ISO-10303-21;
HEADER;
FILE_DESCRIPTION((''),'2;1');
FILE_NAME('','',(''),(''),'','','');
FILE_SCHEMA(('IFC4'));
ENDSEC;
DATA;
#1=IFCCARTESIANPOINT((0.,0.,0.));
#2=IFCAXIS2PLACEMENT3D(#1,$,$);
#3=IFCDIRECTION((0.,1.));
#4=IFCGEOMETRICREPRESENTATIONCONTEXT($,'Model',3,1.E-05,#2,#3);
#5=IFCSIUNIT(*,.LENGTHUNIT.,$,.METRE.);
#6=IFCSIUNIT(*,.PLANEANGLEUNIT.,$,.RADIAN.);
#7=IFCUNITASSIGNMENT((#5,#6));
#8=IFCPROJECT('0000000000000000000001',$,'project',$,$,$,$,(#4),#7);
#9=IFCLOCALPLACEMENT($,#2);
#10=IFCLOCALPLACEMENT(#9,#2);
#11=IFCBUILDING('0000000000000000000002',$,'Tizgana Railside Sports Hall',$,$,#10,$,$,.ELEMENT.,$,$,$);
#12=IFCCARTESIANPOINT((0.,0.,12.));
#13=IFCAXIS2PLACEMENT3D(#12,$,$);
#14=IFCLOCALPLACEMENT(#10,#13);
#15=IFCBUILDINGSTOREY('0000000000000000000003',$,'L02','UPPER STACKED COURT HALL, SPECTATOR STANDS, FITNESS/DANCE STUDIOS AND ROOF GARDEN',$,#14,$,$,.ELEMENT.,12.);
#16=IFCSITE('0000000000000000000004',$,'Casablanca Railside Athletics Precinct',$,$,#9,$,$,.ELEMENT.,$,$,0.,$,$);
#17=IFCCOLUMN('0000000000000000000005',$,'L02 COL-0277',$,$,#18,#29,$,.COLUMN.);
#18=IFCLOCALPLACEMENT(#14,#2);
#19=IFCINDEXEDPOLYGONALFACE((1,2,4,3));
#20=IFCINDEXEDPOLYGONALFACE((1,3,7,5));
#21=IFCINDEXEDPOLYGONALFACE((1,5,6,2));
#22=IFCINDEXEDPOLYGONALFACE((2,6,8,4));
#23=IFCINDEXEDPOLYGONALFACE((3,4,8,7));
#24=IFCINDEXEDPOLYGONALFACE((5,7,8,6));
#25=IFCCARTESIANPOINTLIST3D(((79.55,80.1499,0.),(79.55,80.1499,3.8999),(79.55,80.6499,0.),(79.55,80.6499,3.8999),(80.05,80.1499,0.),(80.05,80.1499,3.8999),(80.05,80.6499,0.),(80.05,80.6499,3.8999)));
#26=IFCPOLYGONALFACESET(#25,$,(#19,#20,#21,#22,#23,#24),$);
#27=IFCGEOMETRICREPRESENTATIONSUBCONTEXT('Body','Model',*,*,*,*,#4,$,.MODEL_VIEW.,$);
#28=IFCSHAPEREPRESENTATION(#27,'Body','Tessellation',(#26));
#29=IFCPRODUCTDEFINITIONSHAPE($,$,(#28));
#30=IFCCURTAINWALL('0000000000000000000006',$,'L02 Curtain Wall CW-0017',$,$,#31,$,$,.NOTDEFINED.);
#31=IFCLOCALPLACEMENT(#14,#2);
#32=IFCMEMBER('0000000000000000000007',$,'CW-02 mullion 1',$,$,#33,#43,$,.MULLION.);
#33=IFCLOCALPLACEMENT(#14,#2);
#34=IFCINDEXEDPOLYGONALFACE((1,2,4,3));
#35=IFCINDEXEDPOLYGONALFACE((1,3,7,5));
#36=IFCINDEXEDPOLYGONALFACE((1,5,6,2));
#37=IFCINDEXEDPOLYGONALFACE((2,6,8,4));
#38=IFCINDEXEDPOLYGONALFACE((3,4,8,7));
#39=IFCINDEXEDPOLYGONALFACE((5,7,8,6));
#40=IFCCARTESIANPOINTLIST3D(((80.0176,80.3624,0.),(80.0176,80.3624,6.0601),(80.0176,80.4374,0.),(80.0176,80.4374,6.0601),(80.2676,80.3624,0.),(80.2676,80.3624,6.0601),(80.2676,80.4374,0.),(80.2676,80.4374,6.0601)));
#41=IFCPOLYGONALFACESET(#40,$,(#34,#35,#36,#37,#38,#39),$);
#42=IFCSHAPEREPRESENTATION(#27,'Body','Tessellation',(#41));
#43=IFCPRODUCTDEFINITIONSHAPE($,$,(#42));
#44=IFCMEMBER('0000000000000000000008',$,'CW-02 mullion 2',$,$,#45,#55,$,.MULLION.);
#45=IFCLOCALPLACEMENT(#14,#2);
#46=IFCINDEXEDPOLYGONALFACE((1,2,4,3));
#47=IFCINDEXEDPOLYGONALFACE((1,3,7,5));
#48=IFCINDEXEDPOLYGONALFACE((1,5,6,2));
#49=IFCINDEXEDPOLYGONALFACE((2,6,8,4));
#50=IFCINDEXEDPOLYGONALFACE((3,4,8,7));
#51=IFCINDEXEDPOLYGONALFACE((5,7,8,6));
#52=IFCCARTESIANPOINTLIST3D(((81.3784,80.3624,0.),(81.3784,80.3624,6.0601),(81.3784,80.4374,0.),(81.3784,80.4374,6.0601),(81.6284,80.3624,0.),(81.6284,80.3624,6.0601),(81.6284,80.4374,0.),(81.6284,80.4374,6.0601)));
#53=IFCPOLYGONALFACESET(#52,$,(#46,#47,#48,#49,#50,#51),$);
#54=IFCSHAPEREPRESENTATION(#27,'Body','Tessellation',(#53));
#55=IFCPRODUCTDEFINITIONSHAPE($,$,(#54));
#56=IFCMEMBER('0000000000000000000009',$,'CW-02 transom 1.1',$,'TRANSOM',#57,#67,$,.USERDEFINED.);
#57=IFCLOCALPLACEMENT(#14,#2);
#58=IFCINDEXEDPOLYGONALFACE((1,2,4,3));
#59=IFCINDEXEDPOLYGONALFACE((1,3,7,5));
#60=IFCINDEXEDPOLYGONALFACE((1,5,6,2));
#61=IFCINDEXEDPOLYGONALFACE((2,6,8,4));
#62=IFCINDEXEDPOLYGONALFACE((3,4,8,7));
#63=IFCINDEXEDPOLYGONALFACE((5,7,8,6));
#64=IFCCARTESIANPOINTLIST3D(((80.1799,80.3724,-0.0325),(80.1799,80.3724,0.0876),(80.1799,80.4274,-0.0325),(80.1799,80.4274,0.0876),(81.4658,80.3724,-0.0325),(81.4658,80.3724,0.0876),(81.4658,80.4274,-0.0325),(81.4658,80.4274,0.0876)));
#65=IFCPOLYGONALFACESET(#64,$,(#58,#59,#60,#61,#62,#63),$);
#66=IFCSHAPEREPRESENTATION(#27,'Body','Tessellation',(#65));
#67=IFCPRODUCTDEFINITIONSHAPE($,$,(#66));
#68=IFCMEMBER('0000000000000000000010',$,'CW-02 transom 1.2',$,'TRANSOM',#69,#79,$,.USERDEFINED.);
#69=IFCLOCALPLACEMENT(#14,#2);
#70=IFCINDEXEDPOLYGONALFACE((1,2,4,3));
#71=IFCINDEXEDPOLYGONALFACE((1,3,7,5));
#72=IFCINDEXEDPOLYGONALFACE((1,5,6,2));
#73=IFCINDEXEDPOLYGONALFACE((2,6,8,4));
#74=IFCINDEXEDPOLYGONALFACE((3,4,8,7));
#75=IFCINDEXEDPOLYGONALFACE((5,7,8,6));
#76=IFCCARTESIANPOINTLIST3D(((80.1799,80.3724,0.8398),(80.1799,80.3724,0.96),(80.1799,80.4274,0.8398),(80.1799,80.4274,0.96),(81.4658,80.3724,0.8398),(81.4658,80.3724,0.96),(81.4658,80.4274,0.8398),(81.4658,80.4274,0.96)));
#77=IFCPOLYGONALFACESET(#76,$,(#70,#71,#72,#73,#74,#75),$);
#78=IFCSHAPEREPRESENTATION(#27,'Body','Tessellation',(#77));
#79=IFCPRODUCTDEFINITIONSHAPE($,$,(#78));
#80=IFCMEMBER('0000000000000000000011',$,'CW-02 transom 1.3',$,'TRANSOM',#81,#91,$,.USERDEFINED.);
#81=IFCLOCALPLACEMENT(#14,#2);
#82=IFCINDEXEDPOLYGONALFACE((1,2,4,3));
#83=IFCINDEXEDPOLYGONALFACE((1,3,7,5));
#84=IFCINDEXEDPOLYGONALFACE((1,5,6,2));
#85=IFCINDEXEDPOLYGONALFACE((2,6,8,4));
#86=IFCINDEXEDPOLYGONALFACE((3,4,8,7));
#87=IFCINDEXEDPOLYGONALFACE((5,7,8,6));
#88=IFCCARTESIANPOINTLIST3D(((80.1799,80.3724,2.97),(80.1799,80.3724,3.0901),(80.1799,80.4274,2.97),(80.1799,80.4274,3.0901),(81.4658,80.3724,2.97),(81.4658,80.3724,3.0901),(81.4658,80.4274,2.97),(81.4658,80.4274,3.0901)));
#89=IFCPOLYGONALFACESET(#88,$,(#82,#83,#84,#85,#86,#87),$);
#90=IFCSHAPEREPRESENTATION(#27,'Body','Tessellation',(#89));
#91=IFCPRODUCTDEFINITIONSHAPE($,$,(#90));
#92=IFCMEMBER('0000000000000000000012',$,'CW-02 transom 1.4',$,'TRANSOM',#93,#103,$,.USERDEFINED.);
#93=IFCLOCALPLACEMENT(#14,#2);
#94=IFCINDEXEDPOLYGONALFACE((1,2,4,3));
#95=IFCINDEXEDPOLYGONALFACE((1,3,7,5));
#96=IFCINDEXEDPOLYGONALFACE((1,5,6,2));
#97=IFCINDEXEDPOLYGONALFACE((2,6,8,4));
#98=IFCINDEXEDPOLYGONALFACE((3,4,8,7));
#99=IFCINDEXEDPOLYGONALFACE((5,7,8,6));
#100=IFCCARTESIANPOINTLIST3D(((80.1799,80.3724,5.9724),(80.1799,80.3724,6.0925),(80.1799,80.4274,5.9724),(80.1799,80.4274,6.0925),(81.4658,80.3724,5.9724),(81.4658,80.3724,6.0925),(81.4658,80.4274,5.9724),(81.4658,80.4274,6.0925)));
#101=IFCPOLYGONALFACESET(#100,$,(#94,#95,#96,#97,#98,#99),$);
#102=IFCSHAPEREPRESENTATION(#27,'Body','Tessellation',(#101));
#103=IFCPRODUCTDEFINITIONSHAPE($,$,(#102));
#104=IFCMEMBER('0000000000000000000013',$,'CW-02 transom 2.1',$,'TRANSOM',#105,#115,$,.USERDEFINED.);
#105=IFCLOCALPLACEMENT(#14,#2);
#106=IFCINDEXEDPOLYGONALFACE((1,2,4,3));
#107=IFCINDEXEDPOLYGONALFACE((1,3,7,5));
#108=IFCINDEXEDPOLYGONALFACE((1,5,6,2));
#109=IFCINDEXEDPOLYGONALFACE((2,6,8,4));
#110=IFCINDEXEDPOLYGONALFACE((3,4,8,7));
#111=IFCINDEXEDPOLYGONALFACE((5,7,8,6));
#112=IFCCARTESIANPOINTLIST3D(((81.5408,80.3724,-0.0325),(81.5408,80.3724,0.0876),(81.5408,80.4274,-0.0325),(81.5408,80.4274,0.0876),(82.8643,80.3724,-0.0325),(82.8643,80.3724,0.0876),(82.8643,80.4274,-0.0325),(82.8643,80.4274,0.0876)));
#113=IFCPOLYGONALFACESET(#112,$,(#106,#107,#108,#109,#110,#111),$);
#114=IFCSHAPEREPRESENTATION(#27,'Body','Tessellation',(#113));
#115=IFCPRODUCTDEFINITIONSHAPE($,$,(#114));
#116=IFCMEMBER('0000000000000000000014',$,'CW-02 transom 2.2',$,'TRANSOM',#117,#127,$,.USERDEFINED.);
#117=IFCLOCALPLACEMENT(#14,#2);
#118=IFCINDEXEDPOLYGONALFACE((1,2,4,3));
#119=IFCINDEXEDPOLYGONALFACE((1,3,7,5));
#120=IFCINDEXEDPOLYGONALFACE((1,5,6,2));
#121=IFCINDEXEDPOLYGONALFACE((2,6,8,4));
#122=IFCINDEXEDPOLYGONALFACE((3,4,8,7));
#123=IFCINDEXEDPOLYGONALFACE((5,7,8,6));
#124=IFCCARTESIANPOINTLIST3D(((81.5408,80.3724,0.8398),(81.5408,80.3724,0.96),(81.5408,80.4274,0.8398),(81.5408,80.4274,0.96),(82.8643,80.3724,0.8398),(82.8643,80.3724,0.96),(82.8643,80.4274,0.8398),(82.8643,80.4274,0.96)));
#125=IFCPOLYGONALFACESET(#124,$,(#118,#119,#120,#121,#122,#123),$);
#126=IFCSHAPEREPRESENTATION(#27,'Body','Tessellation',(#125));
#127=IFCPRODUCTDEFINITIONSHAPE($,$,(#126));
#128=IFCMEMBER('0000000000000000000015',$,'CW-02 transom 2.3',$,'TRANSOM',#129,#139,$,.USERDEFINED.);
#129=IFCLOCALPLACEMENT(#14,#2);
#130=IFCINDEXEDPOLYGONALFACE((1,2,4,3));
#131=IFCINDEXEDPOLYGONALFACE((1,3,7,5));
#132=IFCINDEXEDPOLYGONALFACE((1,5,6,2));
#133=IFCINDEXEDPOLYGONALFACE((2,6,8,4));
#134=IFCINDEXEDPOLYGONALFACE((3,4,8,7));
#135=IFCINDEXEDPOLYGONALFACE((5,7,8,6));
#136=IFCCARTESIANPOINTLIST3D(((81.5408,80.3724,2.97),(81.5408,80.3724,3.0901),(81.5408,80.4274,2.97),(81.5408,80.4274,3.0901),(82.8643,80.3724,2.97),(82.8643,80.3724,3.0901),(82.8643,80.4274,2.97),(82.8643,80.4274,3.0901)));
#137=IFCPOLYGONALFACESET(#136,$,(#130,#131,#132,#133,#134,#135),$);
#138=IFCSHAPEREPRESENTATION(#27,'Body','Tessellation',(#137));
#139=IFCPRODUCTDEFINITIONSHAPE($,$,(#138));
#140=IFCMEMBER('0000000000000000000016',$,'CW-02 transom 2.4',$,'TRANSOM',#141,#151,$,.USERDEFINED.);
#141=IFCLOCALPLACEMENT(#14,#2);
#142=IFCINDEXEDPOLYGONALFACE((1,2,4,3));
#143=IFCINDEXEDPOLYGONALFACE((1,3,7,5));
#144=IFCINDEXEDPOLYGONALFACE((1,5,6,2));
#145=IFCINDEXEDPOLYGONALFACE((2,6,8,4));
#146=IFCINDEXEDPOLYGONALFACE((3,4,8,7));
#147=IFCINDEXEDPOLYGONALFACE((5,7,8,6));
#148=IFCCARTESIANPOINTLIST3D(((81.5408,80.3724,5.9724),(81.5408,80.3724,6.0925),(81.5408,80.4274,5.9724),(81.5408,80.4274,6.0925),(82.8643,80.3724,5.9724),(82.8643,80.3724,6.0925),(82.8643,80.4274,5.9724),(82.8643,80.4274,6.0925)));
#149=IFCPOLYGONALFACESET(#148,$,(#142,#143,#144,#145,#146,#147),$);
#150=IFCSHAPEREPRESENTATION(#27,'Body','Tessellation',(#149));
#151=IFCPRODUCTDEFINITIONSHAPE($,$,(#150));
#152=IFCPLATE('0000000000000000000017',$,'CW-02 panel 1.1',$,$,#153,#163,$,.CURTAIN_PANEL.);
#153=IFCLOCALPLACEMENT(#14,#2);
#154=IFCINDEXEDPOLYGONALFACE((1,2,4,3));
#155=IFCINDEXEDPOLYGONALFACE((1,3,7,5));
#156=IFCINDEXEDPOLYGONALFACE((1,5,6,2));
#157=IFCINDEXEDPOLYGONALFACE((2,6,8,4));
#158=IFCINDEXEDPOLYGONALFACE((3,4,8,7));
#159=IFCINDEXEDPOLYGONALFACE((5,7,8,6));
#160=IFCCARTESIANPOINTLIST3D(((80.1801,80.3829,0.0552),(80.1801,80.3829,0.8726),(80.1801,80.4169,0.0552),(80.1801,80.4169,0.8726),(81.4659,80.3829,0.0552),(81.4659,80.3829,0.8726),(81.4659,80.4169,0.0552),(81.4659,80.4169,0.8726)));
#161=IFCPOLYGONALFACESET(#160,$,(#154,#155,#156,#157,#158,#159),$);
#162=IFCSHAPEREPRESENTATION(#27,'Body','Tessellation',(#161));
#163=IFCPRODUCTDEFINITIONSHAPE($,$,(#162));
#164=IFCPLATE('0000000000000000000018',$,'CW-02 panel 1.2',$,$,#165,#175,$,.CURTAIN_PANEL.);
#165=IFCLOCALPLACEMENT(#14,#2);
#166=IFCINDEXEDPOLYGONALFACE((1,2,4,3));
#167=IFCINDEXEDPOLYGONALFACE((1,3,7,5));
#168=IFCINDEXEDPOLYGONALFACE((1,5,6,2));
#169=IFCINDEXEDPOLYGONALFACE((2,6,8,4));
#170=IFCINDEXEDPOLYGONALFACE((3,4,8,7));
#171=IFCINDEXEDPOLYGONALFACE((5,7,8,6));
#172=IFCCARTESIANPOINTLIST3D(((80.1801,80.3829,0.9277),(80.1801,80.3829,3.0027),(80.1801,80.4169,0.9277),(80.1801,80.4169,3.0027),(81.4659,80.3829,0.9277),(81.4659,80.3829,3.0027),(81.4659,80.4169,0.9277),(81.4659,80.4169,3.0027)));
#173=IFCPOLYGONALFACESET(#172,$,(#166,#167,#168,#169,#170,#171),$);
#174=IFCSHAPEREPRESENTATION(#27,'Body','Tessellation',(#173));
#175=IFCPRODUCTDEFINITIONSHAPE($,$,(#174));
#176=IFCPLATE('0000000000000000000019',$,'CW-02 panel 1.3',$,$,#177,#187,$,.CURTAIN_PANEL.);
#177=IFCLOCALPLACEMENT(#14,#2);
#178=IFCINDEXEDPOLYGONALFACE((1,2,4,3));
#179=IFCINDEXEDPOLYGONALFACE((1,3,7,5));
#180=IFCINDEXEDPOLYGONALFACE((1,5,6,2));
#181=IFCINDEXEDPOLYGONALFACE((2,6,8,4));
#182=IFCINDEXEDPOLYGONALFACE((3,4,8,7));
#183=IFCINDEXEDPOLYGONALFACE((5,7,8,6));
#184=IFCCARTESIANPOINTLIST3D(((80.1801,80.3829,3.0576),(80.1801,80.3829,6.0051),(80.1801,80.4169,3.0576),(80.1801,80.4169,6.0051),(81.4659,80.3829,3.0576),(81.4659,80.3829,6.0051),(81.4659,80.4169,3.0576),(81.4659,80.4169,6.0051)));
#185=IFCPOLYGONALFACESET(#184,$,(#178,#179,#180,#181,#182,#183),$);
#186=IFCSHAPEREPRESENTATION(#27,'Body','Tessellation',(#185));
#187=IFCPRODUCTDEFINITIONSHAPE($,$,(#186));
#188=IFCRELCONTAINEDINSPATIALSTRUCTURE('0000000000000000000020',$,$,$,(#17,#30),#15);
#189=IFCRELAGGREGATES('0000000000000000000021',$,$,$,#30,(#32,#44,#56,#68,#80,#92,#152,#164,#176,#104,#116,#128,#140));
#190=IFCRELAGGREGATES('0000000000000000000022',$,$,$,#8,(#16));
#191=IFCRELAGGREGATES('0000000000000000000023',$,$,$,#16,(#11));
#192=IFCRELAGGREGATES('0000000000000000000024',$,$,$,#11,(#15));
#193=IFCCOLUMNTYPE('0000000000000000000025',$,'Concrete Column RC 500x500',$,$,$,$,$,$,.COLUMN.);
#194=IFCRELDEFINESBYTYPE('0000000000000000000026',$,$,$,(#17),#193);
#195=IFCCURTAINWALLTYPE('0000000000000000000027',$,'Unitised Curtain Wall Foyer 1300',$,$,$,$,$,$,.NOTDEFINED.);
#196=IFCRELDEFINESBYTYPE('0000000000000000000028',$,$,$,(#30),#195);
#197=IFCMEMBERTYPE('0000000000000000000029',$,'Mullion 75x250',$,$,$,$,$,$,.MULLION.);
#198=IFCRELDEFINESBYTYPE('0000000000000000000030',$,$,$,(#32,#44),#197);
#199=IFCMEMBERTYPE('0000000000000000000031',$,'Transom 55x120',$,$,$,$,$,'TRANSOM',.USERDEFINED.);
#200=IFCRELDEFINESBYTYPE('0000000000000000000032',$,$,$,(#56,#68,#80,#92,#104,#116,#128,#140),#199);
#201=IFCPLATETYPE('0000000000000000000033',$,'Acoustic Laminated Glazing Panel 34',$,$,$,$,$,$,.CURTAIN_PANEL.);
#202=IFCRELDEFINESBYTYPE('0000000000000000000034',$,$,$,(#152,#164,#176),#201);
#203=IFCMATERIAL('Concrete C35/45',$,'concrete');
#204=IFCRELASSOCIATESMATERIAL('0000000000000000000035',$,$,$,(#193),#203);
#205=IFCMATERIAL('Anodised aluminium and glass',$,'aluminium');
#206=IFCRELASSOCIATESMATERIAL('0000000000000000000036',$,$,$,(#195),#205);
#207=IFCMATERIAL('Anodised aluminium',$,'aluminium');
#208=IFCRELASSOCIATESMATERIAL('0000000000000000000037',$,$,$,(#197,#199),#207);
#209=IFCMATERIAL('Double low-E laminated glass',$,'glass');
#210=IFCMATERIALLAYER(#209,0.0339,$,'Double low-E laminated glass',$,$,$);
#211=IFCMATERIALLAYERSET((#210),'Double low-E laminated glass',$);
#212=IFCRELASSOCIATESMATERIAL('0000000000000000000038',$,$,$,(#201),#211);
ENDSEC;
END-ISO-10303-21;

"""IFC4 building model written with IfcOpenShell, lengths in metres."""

from ifc_helpers import new_model, si_unit, direction, frame, origin, origin_2d, place, context, subcontext, project, spatial, rectangle, extrude, material, layer, layer_set, material_profile, profile_set, type_object, element, aggregate, save


model = new_model("IFC4")

# Units and contexts
model_context = context("Model", 3, precision=1e-05, world=origin(), true_north=direction((0.0, 1.0)))
body_context = subcontext(model_context, "Body", "Model", "MODEL_VIEW")
ifc_project = project(units=[si_unit("LENGTHUNIT", "METRE"), si_unit("PLANEANGLEUNIT", "RADIAN")], contexts=[model_context])

# Site, building, storey
site_placement = place(None, origin())
site = spatial("IfcSite", under=ifc_project, at=site_placement, Name="Casablanca Railside Athletics Precinct", CompositionType="ELEMENT", RefElevation=0.0)
building_placement = place(site_placement, origin())
building = spatial("IfcBuilding", under=site, at=building_placement, Name="Tizgana Railside Sports Hall", CompositionType="ELEMENT")
storey_placement = place(building_placement, frame((0.0, 0.0, 12.0)))
storey = spatial("IfcBuildingStorey", under=building, at=storey_placement, Name="L02", Description="UPPER STACKED COURT HALL, SPECTATOR STANDS, FITNESS/DANCE STUDIOS AND ROOF GARDEN", CompositionType="ELEMENT", Elevation=12.0)

# Column
ifc_material_1 = material(Name="Concrete C35/45", Category="concrete")
ifc_material_profile_1 = material_profile(ifc_material_1, rectangle(XDim=0.5, YDim=0.5, at=origin_2d()), Name="RC 500x500")
ifc_profile_set_1 = profile_set([ifc_material_profile_1], Name="Concrete C35/45")
column_type = type_object("IfcColumnType", Name="Concrete Column RC 500x500", PredefinedType="COLUMN", material=ifc_profile_set_1)
column_placement = place(storey_placement, frame((79.8, 80.3999, 0.0), z_axis=(0.0, 0.0, 1.0), x_axis=(1.0, 0.0, 0.0)))
element("IfcColumn", 1, at=column_placement, inside=storey, type_object=column_type, Name="L02 COL-0277", PredefinedType="COLUMN", context=body_context, shape_type="SweptSolid", body=[
    extrude(rectangle(XDim=0.5, YDim=0.5, at=origin_2d()), origin(), (0.0, 0.0, 1.0), 3.8999),
])

# Curtain wall, members, plates
ifc_material_2 = material(Name="Anodised aluminium and glass", Category="aluminium")
curtain_wall_type = type_object("IfcCurtainWallType", Name="Unitised Curtain Wall Foyer 1300", PredefinedType="NOTDEFINED", material=ifc_material_2)
curtain_wall_placement = place(storey_placement, origin())
curtain_wall = element("IfcCurtainWall", 2, at=curtain_wall_placement, inside=storey, type_object=curtain_wall_type, Name="L02 Curtain Wall CW-0017", PredefinedType="NOTDEFINED")
ifc_material_3 = material(Name="Anodised aluminium", Category="aluminium")
ifc_material_profile_2 = material_profile(ifc_material_3, rectangle(XDim=0.075, YDim=0.25, at=origin_2d()), Name="Mullion 75x250")
ifc_profile_set_2 = profile_set([ifc_material_profile_2], Name="Anodised aluminium")
member_type_1 = type_object("IfcMemberType", Name="Mullion 75x250", PredefinedType="MULLION", material=ifc_profile_set_2)
member_1_placement = place(storey_placement, frame((80.1426, 80.3999, 0.0), z_axis=(0.0, 0.0, 1.0), x_axis=(0.0, 1.0, 0.0)))
member_1 = element("IfcMember", 3, at=member_1_placement, type_object=member_type_1, Name="CW-02 mullion 1", PredefinedType="MULLION", context=body_context, shape_type="SweptSolid", body=[
    extrude(rectangle(XDim=0.075, YDim=0.25, at=origin_2d()), origin(), (0.0, 0.0, 1.0), 6.0601),
])
member_2_placement = place(storey_placement, frame((81.5034, 80.3999, 0.0), z_axis=(0.0, 0.0, 1.0), x_axis=(0.0, 1.0, 0.0)))
member_2 = element("IfcMember", 4, at=member_2_placement, type_object=member_type_1, Name="CW-02 mullion 2", PredefinedType="MULLION", context=body_context, shape_type="SweptSolid", body=[
    extrude(rectangle(XDim=0.075, YDim=0.25, at=origin_2d()), origin(), (0.0, 0.0, 1.0), 6.0601),
])
ifc_material_profile_3 = material_profile(ifc_material_3, rectangle(XDim=0.0549, YDim=0.1201, at=origin_2d()), Name="Transom 55x120")
ifc_profile_set_3 = profile_set([ifc_material_profile_3], Name="Anodised aluminium")
member_type_2 = type_object("IfcMemberType", Name="Transom 55x120", ElementType="TRANSOM", PredefinedType="USERDEFINED", material=ifc_profile_set_3)
member_3_placement = place(storey_placement, frame((80.1799, 80.3999, 0.0276), z_axis=(1.0, 0.0, 0.0), x_axis=(0.0, 1.0, 0.0)))
member_3 = element("IfcMember", 5, at=member_3_placement, type_object=member_type_2, Name="CW-02 transom 1.1", ObjectType="TRANSOM", PredefinedType="USERDEFINED", context=body_context, shape_type="SweptSolid", body=[
    extrude(rectangle(XDim=0.0549, YDim=0.1201, at=origin_2d()), origin(), (0.0, 0.0, 1.0), 1.2859),
])
member_4_placement = place(storey_placement, frame((80.1799, 80.3999, 0.8999), z_axis=(1.0, 0.0, 0.0), x_axis=(0.0, 1.0, 0.0)))
member_4 = element("IfcMember", 6, at=member_4_placement, type_object=member_type_2, Name="CW-02 transom 1.2", ObjectType="TRANSOM", PredefinedType="USERDEFINED", context=body_context, shape_type="SweptSolid", body=[
    extrude(rectangle(XDim=0.0549, YDim=0.1201, at=origin_2d()), origin(), (0.0, 0.0, 1.0), 1.2859),
])
member_5_placement = place(storey_placement, frame((80.1799, 80.3999, 3.03), z_axis=(1.0, 0.0, 0.0), x_axis=(0.0, 1.0, 0.0)))
member_5 = element("IfcMember", 7, at=member_5_placement, type_object=member_type_2, Name="CW-02 transom 1.3", ObjectType="TRANSOM", PredefinedType="USERDEFINED", context=body_context, shape_type="SweptSolid", body=[
    extrude(rectangle(XDim=0.0549, YDim=0.1201, at=origin_2d()), origin(), (0.0, 0.0, 1.0), 1.2859),
])
member_6_placement = place(storey_placement, frame((80.1799, 80.3999, 6.0325), z_axis=(1.0, 0.0, 0.0), x_axis=(0.0, 1.0, 0.0)))
member_6 = element("IfcMember", 8, at=member_6_placement, type_object=member_type_2, Name="CW-02 transom 1.4", ObjectType="TRANSOM", PredefinedType="USERDEFINED", context=body_context, shape_type="SweptSolid", body=[
    extrude(rectangle(XDim=0.0549, YDim=0.1201, at=origin_2d()), origin(), (0.0, 0.0, 1.0), 1.2859),
])
member_7_placement = place(storey_placement, frame((81.5408, 80.3999, 0.0276), z_axis=(1.0, 0.0, 0.0), x_axis=(0.0, 1.0, 0.0)))
member_7 = element("IfcMember", 9, at=member_7_placement, type_object=member_type_2, Name="CW-02 transom 2.1", ObjectType="TRANSOM", PredefinedType="USERDEFINED", context=body_context, shape_type="SweptSolid", body=[
    extrude(rectangle(XDim=0.0549, YDim=0.1201, at=origin_2d()), origin(), (0.0, 0.0, 1.0), 1.3235),
])
member_8_placement = place(storey_placement, frame((81.5408, 80.3999, 0.8999), z_axis=(1.0, 0.0, 0.0), x_axis=(0.0, 1.0, 0.0)))
member_8 = element("IfcMember", 10, at=member_8_placement, type_object=member_type_2, Name="CW-02 transom 2.2", ObjectType="TRANSOM", PredefinedType="USERDEFINED", context=body_context, shape_type="SweptSolid", body=[
    extrude(rectangle(XDim=0.0549, YDim=0.1201, at=origin_2d()), origin(), (0.0, 0.0, 1.0), 1.3235),
])
member_9_placement = place(storey_placement, frame((81.5408, 80.3999, 3.03), z_axis=(1.0, 0.0, 0.0), x_axis=(0.0, 1.0, 0.0)))
member_9 = element("IfcMember", 11, at=member_9_placement, type_object=member_type_2, Name="CW-02 transom 2.3", ObjectType="TRANSOM", PredefinedType="USERDEFINED", context=body_context, shape_type="SweptSolid", body=[
    extrude(rectangle(XDim=0.0549, YDim=0.1201, at=origin_2d()), origin(), (0.0, 0.0, 1.0), 1.3235),
])
member_10_placement = place(storey_placement, frame((81.5408, 80.3999, 6.0325), z_axis=(1.0, 0.0, 0.0), x_axis=(0.0, 1.0, 0.0)))
member_10 = element("IfcMember", 12, at=member_10_placement, type_object=member_type_2, Name="CW-02 transom 2.4", ObjectType="TRANSOM", PredefinedType="USERDEFINED", context=body_context, shape_type="SweptSolid", body=[
    extrude(rectangle(XDim=0.0549, YDim=0.1201, at=origin_2d()), origin(), (0.0, 0.0, 1.0), 1.3235),
])
ifc_material_4 = material(Name="Double low-E laminated glass", Category="glass")
ifc_layer_1 = layer(ifc_material_4, 0.0339, Name="Double low-E laminated glass")
ifc_layer_set_1 = layer_set([ifc_layer_1], Name="Double low-E laminated glass")
plate_type = type_object("IfcPlateType", Name="Acoustic Laminated Glazing Panel 34", PredefinedType="CURTAIN_PANEL", material=ifc_layer_set_1)
plate_1_placement = place(storey_placement, frame((80.823, 80.3999, 0.0552), z_axis=(0.0, 0.0, 1.0), x_axis=(1.0, 0.0, 0.0)))
plate_1 = element("IfcPlate", 13, at=plate_1_placement, type_object=plate_type, Name="CW-02 panel 1.1", PredefinedType="CURTAIN_PANEL", context=body_context, shape_type="SweptSolid", body=[
    extrude(rectangle(XDim=1.2859, YDim=0.0339, at=origin_2d()), origin(), (0.0, 0.0, 1.0), 0.8174),
])
plate_2_placement = place(storey_placement, frame((80.823, 80.3999, 0.9277), z_axis=(0.0, 0.0, 1.0), x_axis=(1.0, 0.0, 0.0)))
plate_2 = element("IfcPlate", 14, at=plate_2_placement, type_object=plate_type, Name="CW-02 panel 1.2", PredefinedType="CURTAIN_PANEL", context=body_context, shape_type="SweptSolid", body=[
    extrude(rectangle(XDim=1.2859, YDim=0.0339, at=origin_2d()), origin(), (0.0, 0.0, 1.0), 2.075),
])
plate_3_placement = place(storey_placement, frame((80.823, 80.3999, 3.0576), z_axis=(0.0, 0.0, 1.0), x_axis=(1.0, 0.0, 0.0)))
plate_3 = element("IfcPlate", 15, at=plate_3_placement, type_object=plate_type, Name="CW-02 panel 1.3", PredefinedType="CURTAIN_PANEL", context=body_context, shape_type="SweptSolid", body=[
    extrude(rectangle(XDim=1.2859, YDim=0.0339, at=origin_2d()), origin(), (0.0, 0.0, 1.0), 2.9475),
])
aggregate(curtain_wall, [member_1, member_2, member_3, member_4, member_5, member_6, plate_1, plate_2, plate_3, member_7, member_8, member_9, member_10])

save(model, "model.ifc")
